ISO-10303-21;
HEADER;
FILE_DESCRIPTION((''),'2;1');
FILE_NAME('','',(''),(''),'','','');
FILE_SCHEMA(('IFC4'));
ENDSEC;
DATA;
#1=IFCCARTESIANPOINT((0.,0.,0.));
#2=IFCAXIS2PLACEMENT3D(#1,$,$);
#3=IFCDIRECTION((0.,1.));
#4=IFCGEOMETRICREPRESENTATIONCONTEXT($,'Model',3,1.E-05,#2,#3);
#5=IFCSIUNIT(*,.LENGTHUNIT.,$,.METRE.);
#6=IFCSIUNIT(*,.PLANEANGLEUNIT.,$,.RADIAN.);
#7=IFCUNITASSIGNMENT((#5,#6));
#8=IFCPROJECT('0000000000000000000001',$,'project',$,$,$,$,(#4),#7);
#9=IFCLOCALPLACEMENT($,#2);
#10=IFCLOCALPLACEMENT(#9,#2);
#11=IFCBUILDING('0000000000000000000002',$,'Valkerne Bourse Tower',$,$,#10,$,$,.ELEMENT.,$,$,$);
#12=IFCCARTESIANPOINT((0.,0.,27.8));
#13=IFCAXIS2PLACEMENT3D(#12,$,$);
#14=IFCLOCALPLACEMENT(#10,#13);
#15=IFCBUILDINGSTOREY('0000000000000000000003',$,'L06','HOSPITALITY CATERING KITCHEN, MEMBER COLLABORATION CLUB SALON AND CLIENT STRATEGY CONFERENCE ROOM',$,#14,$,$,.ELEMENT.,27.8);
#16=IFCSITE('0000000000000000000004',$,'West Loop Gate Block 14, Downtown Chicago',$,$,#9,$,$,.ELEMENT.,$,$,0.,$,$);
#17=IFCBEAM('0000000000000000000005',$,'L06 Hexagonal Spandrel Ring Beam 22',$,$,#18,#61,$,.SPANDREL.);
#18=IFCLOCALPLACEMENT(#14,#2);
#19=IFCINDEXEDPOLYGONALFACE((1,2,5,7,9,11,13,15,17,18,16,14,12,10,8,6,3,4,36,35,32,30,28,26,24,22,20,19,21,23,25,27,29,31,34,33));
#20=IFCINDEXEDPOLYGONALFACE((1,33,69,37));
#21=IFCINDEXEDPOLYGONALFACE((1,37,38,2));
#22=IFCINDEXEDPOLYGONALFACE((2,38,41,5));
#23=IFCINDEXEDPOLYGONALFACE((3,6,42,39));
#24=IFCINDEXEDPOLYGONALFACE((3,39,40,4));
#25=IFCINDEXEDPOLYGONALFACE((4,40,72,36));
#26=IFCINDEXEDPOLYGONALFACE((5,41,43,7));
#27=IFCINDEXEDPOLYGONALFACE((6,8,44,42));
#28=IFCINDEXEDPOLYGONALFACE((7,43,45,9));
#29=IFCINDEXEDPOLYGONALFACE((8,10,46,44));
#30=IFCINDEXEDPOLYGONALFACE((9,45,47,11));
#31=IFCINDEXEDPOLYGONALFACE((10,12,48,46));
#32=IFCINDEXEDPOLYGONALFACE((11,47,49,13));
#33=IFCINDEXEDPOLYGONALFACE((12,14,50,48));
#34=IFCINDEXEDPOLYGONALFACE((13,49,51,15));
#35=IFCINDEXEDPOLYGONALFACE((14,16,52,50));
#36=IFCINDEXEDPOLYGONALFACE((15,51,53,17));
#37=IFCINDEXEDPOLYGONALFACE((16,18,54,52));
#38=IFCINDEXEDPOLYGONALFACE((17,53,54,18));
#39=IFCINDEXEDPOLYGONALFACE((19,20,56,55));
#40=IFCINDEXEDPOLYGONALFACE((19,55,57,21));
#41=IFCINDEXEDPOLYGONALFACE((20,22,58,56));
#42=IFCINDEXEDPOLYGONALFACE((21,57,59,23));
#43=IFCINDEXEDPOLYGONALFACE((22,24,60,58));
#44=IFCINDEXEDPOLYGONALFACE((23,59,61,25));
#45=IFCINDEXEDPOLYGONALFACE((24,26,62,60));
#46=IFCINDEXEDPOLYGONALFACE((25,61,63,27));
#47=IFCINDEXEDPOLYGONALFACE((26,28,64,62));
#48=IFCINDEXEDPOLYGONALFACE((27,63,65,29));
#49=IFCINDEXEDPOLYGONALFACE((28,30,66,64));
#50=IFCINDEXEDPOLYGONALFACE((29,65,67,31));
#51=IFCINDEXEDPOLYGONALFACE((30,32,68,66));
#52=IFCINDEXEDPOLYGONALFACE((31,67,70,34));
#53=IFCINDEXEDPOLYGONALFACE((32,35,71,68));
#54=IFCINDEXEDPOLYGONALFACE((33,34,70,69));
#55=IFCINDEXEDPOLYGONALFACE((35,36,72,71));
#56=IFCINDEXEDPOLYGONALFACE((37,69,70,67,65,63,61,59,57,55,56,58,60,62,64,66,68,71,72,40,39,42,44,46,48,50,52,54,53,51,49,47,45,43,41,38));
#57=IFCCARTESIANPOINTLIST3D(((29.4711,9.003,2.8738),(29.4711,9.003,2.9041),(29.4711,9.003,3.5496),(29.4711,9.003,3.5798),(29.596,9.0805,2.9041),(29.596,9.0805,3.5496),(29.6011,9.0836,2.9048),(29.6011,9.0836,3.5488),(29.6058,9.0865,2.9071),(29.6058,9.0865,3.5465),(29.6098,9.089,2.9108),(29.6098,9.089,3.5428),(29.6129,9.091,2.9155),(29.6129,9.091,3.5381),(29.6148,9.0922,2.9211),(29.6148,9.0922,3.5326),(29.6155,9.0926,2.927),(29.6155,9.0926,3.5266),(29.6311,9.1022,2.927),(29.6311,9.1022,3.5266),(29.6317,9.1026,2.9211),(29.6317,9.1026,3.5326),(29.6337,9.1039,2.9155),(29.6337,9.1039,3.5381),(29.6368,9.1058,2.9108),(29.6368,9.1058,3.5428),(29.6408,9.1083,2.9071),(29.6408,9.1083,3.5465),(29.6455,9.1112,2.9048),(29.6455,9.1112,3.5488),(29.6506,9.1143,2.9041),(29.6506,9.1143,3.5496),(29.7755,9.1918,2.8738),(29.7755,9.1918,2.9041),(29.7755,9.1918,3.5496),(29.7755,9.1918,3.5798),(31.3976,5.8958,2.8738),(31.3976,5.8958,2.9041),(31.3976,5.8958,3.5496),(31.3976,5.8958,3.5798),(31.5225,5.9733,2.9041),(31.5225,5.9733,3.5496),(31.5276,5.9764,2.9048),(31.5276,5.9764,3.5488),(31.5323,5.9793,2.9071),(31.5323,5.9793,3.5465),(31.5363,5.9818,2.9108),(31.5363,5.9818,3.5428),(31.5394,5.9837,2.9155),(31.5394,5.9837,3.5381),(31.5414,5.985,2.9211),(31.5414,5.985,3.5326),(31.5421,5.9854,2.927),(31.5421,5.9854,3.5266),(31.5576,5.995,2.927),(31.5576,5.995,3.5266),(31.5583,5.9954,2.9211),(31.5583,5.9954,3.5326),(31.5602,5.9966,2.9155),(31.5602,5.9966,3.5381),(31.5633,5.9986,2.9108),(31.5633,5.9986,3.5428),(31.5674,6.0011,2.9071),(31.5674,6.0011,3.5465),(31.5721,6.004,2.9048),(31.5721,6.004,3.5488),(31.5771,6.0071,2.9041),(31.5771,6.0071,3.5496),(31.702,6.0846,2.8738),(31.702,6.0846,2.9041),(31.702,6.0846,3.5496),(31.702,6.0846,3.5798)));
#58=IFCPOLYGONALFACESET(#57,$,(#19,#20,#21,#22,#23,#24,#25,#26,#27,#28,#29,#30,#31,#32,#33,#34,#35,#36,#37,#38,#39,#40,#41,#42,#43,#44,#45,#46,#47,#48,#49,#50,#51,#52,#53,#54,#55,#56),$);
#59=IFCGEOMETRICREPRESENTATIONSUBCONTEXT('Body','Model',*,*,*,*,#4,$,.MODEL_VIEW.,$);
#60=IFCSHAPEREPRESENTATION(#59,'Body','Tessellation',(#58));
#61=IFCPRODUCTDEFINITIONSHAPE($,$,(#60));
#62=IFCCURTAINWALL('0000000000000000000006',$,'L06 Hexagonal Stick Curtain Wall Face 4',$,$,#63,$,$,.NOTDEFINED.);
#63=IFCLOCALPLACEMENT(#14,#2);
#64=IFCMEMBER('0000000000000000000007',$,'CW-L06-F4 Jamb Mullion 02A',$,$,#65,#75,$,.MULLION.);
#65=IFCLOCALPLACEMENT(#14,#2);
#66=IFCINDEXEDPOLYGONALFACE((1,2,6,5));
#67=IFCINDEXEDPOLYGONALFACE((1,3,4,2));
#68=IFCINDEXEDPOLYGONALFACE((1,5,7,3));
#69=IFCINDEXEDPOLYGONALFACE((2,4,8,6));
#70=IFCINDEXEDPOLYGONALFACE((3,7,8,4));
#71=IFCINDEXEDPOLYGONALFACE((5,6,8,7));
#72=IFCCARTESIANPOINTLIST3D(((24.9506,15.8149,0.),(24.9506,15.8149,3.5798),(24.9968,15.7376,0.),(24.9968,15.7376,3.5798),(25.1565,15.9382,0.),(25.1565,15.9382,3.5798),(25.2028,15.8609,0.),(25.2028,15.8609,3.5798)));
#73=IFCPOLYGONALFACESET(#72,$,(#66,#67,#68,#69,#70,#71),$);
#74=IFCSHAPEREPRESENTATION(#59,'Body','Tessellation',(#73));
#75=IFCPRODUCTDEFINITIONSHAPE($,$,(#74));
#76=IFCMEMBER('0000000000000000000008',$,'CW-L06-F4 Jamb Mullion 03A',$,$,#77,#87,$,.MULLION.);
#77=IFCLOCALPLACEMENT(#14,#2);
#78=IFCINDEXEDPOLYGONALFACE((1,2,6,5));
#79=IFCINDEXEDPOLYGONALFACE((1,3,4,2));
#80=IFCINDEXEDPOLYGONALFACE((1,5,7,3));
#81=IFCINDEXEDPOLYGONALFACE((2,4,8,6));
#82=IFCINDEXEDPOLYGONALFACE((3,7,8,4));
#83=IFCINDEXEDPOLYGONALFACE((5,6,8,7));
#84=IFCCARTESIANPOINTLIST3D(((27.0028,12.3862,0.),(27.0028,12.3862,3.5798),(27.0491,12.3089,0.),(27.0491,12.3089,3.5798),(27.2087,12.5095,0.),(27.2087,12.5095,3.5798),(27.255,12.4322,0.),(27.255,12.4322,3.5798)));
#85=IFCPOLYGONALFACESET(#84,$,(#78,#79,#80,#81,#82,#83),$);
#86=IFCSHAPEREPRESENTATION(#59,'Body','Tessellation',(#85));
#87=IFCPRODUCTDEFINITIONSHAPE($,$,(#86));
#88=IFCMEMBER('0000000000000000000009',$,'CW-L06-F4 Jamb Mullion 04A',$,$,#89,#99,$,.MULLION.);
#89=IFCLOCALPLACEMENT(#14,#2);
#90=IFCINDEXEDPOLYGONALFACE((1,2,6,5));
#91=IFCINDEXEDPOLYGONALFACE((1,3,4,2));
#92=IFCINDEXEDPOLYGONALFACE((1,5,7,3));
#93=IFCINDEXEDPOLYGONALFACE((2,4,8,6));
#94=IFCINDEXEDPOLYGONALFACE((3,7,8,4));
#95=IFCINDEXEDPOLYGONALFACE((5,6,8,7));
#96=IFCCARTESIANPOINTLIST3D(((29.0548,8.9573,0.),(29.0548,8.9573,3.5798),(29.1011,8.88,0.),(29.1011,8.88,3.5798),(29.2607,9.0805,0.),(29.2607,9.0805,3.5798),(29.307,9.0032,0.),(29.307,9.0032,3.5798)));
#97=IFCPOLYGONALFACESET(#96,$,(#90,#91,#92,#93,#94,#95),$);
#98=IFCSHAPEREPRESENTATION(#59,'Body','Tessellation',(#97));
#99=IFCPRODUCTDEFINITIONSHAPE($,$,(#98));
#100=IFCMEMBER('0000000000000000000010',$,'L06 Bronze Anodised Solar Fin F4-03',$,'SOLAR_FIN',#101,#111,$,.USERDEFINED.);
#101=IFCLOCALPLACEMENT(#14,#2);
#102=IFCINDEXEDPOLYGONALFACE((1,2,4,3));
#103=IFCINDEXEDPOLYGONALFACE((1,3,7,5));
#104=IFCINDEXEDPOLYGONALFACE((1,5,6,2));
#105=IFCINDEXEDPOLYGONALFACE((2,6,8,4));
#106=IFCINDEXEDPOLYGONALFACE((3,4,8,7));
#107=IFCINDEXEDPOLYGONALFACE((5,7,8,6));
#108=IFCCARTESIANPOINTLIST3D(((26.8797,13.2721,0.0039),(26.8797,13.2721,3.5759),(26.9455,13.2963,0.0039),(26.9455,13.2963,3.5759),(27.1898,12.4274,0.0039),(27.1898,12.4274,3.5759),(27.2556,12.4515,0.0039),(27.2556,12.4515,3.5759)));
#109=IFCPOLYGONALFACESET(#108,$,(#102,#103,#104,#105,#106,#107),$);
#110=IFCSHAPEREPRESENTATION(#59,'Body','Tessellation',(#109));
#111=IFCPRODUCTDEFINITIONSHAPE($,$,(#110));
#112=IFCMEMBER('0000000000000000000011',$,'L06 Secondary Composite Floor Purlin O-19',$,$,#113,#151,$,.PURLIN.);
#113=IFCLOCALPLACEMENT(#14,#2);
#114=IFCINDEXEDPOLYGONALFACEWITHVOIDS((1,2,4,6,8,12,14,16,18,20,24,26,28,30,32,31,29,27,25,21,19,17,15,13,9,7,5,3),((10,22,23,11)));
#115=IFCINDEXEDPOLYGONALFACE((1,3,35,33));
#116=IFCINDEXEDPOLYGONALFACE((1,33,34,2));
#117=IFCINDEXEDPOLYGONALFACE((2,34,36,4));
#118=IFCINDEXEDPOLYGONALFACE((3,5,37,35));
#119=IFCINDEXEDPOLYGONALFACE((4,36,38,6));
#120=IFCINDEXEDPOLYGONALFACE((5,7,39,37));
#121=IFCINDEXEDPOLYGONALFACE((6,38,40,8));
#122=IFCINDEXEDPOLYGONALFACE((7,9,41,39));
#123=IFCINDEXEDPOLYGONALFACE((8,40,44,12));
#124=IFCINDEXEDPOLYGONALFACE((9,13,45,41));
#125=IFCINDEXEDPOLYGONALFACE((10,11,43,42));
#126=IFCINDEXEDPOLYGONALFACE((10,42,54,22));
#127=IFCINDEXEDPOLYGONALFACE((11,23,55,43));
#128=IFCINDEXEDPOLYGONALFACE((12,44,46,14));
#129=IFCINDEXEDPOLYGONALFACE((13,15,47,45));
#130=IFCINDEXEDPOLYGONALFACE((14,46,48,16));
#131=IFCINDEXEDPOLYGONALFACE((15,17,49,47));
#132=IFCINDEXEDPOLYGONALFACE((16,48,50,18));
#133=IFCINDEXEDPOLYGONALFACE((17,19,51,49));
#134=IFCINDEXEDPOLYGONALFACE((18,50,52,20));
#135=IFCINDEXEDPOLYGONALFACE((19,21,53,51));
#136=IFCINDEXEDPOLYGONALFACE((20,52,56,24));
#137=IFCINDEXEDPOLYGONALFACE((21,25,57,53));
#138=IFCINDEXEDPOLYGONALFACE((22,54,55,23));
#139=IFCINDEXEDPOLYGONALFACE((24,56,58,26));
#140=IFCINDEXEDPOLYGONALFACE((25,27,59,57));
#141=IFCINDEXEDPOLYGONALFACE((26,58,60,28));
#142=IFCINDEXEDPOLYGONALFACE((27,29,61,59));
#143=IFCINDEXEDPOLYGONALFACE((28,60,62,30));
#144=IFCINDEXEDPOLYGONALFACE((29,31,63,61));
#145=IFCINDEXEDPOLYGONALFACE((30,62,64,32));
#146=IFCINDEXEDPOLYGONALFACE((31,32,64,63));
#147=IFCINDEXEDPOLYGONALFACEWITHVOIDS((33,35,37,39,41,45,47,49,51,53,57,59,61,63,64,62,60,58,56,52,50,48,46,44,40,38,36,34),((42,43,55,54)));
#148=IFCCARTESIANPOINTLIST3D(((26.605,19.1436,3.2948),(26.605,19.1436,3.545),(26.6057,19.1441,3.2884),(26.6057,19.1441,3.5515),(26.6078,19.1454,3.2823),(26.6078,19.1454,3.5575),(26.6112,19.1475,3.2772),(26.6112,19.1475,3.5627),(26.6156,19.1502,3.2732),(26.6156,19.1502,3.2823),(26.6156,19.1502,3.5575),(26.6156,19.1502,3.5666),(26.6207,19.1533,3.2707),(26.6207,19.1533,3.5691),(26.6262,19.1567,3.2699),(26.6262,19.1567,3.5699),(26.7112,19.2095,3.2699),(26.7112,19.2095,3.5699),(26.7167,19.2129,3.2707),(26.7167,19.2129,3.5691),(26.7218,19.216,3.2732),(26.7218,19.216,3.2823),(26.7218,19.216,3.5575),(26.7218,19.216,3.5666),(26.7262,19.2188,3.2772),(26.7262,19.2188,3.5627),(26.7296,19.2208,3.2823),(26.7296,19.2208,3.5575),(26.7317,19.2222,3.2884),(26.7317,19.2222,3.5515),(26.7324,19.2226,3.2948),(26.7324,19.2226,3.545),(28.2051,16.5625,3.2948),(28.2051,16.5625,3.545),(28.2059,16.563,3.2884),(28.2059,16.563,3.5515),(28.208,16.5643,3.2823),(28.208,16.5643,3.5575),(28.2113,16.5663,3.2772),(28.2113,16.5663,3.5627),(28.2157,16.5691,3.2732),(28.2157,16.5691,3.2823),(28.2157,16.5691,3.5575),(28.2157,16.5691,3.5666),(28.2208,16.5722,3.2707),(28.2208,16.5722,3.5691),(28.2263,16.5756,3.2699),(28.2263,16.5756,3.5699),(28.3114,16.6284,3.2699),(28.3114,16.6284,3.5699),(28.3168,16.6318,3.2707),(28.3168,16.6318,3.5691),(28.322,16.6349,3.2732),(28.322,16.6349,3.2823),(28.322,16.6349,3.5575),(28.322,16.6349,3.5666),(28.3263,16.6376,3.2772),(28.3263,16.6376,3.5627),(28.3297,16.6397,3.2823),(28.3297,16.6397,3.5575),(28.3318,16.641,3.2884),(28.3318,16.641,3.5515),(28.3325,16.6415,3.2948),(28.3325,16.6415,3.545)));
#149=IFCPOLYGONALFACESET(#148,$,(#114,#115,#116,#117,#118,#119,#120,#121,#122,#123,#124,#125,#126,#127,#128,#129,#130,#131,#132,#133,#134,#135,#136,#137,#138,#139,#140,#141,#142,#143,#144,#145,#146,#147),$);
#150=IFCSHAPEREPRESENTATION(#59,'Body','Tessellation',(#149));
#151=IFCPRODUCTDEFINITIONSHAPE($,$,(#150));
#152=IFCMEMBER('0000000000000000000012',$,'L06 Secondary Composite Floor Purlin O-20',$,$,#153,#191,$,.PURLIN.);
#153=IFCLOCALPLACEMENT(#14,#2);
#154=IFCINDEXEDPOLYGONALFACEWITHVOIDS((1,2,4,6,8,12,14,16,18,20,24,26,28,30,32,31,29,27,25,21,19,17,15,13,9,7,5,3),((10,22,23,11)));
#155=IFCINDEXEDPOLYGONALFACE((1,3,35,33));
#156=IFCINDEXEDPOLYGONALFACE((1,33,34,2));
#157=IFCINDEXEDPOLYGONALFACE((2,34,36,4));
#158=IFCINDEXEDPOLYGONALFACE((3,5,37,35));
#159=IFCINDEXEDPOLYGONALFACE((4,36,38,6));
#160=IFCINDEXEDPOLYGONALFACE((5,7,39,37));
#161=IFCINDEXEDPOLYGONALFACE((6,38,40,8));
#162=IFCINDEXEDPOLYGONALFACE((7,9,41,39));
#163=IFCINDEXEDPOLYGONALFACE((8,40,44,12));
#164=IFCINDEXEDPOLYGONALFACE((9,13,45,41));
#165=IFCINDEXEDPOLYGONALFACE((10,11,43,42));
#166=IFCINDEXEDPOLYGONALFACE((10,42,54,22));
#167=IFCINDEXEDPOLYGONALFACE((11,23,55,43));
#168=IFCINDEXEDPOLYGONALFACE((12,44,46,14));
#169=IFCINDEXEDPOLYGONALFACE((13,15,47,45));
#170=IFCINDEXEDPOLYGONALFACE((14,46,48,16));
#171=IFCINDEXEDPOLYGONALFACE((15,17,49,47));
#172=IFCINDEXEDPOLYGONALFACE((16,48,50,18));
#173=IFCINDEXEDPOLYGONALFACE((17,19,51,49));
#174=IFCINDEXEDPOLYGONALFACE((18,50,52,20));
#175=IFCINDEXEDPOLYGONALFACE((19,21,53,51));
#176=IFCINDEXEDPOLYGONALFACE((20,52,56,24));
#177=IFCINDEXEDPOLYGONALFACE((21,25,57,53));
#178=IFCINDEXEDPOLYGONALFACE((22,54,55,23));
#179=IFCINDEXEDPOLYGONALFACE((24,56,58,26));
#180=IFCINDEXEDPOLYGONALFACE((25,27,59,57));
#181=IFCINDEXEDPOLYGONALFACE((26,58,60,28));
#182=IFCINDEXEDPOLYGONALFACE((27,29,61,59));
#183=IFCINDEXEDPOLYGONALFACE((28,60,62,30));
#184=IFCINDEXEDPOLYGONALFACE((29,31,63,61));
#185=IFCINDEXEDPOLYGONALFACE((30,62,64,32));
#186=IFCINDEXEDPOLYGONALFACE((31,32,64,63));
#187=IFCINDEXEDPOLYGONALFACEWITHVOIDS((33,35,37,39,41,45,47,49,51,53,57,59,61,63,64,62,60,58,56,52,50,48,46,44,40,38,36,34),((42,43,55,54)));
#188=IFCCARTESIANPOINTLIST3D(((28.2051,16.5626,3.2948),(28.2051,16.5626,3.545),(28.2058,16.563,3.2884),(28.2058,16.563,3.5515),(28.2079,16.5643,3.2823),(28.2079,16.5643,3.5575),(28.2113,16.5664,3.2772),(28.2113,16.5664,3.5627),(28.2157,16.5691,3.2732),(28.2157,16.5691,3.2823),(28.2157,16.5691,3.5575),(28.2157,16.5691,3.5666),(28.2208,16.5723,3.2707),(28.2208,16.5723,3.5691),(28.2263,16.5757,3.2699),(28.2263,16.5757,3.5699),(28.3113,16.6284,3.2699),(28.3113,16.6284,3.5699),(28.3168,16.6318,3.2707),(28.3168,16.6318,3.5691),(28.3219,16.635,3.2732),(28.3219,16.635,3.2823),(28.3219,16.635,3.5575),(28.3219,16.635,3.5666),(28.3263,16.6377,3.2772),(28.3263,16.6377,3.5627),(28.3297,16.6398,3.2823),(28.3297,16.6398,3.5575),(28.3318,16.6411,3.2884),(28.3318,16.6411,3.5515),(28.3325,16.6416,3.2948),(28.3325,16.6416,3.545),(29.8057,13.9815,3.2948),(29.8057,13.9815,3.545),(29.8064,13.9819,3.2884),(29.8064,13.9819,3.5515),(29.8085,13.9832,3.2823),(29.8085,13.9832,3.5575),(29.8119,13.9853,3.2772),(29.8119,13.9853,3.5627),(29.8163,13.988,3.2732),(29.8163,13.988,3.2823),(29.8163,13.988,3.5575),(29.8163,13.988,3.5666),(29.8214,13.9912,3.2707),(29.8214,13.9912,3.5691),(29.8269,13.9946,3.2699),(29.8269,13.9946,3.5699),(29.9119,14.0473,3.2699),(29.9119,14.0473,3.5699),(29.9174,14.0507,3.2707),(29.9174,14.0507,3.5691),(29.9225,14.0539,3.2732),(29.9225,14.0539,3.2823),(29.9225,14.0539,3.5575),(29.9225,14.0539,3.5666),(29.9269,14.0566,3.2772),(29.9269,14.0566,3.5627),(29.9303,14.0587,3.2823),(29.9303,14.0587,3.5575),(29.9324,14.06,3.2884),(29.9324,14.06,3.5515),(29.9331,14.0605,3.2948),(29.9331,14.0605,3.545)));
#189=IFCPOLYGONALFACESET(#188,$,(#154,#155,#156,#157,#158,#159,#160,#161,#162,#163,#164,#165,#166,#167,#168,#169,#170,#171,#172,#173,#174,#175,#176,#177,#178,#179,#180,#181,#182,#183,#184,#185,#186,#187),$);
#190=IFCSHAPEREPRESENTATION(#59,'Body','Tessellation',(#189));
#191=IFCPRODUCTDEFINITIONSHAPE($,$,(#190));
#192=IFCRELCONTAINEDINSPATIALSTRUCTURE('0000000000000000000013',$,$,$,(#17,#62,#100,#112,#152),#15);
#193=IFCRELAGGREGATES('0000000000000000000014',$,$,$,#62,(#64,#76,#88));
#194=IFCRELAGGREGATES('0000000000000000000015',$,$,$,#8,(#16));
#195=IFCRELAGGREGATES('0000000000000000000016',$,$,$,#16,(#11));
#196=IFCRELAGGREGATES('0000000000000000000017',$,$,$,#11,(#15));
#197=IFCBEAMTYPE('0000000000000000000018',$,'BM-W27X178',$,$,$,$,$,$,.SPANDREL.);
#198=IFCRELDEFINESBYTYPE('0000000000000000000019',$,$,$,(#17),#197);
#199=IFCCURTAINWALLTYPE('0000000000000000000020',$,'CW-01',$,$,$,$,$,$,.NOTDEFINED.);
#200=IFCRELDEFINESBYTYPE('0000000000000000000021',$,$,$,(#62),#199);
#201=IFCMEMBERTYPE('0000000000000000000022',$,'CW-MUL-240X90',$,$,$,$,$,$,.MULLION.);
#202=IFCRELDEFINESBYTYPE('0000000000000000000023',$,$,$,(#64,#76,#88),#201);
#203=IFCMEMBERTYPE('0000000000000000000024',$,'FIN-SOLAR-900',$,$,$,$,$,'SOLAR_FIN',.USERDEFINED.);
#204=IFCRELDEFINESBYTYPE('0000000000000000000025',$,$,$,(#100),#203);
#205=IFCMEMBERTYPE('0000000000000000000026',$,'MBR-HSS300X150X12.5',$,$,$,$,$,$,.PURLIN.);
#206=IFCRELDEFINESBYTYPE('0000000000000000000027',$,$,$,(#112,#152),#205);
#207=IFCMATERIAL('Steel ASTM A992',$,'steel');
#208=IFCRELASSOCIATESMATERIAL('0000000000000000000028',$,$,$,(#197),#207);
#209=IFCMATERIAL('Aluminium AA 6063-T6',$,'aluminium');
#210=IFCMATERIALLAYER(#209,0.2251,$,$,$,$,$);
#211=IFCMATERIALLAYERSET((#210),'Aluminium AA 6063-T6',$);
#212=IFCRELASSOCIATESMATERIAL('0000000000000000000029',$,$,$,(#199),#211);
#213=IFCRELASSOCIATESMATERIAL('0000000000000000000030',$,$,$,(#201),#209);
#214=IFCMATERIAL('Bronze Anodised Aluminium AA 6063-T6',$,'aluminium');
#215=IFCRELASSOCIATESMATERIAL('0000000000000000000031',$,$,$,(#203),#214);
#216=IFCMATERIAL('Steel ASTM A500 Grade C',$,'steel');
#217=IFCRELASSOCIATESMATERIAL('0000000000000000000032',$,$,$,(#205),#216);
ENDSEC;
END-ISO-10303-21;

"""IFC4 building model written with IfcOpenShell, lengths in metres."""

from ifc_helpers import new_model, si_unit, direction, frame, origin, origin_2d, place, context, subcontext, project, spatial, rectangle, hollow_rectangle, i_section, extrude, material, layer, layer_set, material_profile, profile_set, type_object, element, aggregate, save


model = new_model("IFC4")

# Units and contexts
model_context = context("Model", 3, precision=1e-05, world=origin(), true_north=direction((0.0, 1.0)))
body_context = subcontext(model_context, "Body", "Model", "MODEL_VIEW")
ifc_project = project(units=[si_unit("LENGTHUNIT", "METRE"), si_unit("PLANEANGLEUNIT", "RADIAN")], contexts=[model_context])

# Site, building, storey
site_placement = place(None, origin())
site = spatial("IfcSite", under=ifc_project, at=site_placement, Name="West Loop Gate Block 14, Downtown Chicago", CompositionType="ELEMENT", RefElevation=0.0)
building_placement = place(site_placement, origin())
building = spatial("IfcBuilding", under=site, at=building_placement, Name="Valkerne Bourse Tower", CompositionType="ELEMENT")
storey_placement = place(building_placement, frame((0.0, 0.0, 27.8)))
storey = spatial("IfcBuildingStorey", under=building, at=storey_placement, Name="L06", Description="HOSPITALITY CATERING KITCHEN, MEMBER COLLABORATION CLUB SALON AND CLIENT STRATEGY CONFERENCE ROOM", CompositionType="ELEMENT", Elevation=27.8)

# Beam
ifc_material_1 = material(Name="Steel ASTM A992", Category="steel")
ifc_material_profile_1 = material_profile(ifc_material_1, i_section(OverallWidth=0.3582, OverallDepth=0.7061, WebThickness=0.0183, FlangeThickness=0.0303, FilletRadius=0.0229, at=origin_2d()), Name="W27X178")
ifc_profile_set_1 = profile_set([ifc_material_profile_1], Name="Steel ASTM A992")
beam_type_1 = type_object("IfcBeamType", Name="BM-W27X178", PredefinedType="SPANDREL", material=ifc_profile_set_1)
for number, where, z_axis, x_axis, name in (
    (1, (29.6233, 9.0974, 3.2268), (0.526952, -0.849895, 0.0), (0.849895, 0.526952, 0.0), "L06 Hexagonal Spandrel Ring Beam 22"),
):
    element("IfcBeam", number, at=place(storey_placement, frame(where, z_axis=z_axis, x_axis=x_axis)), inside=storey, type_object=beam_type_1, Name=name, PredefinedType="SPANDREL", context=body_context, shape_type="SweptSolid", body=[
        extrude(i_section(OverallWidth=0.3582, OverallDepth=0.7061, WebThickness=0.0183, FlangeThickness=0.0303, FilletRadius=0.0229, at=origin_2d()), origin(), (0.0, 0.0, 1.0), 3.656),
    ])

# Curtain wall, members
ifc_material_2 = material(Name="Aluminium AA 6063-T6", Category="aluminium")
ifc_layer_1 = layer(ifc_material_2, 0.2251)
ifc_layer_set_1 = layer_set([ifc_layer_1], Name="Aluminium AA 6063-T6")
curtain_wall_type = type_object("IfcCurtainWallType", Name="CW-01", PredefinedType="NOTDEFINED", material=ifc_layer_set_1)
curtain_wall_placement = place(storey_placement, origin())
curtain_wall = element("IfcCurtainWall", 2, at=curtain_wall_placement, inside=storey, type_object=curtain_wall_type, Name="L06 Hexagonal Stick Curtain Wall Face 4", PredefinedType="NOTDEFINED")
ifc_material_profile_2 = material_profile(ifc_material_2, rectangle(XDim=0.0901, YDim=0.24, at=origin_2d()), Name="CWM-90X240")
ifc_profile_set_2 = profile_set([ifc_material_profile_2], Name="Aluminium AA 6063-T6")
member_type_1 = type_object("IfcMemberType", Name="CW-MUL-240X90", PredefinedType="MULLION", material=ifc_profile_set_2)
member_1_placement = place(storey_placement, frame((25.0767, 15.8379, 0.0), z_axis=(0.0, 0.0, 1.0), x_axis=(0.513542, -0.858064, 0.0)))
member_1 = element("IfcMember", 3, at=member_1_placement, type_object=member_type_1, Name="CW-L06-F4 Jamb Mullion 02A", PredefinedType="MULLION", context=body_context, shape_type="SweptSolid", body=[
    extrude(rectangle(XDim=0.0901, YDim=0.24, at=origin_2d()), origin(), (0.0, 0.0, 1.0), 3.5798),
])
member_2_placement = place(storey_placement, frame((27.1289, 12.4092, 0.0), z_axis=(0.0, 0.0, 1.0), x_axis=(0.513531, -0.858071, 0.0)))
member_2 = element("IfcMember", 4, at=member_2_placement, type_object=member_type_1, Name="CW-L06-F4 Jamb Mullion 03A", PredefinedType="MULLION", context=body_context, shape_type="SweptSolid", body=[
    extrude(rectangle(XDim=0.0901, YDim=0.24, at=origin_2d()), origin(), (0.0, 0.0, 1.0), 3.5798),
])
member_3_placement = place(storey_placement, frame((29.1809, 8.9802, 0.0), z_axis=(0.0, 0.0, 1.0), x_axis=(0.513542, -0.858064, 0.0)))
member_3 = element("IfcMember", 5, at=member_3_placement, type_object=member_type_1, Name="CW-L06-F4 Jamb Mullion 04A", PredefinedType="MULLION", context=body_context, shape_type="SweptSolid", body=[
    extrude(rectangle(XDim=0.0901, YDim=0.24, at=origin_2d()), origin(), (0.0, 0.0, 1.0), 3.5798),
])

# Members
ifc_material_3 = material(Name="Bronze Anodised Aluminium AA 6063-T6", Category="aluminium")
ifc_material_profile_3 = material_profile(ifc_material_3, rectangle(XDim=0.0701, YDim=0.8999, at=origin_2d()), Name="FIN-70X900")
ifc_profile_set_3 = profile_set([ifc_material_profile_3], Name="Bronze Anodised Aluminium AA 6063-T6")
member_type_2 = type_object("IfcMemberType", Name="FIN-SOLAR-900", ElementType="SOLAR_FIN", PredefinedType="USERDEFINED", material=ifc_profile_set_3)
member_4_placement = place(storey_placement, frame((27.0676, 12.8618, 0.0039), z_axis=(0.0, 0.0, 1.0), x_axis=(-0.93874, -0.344625, 0.0)))
element("IfcMember", 6, at=member_4_placement, inside=storey, type_object=member_type_2, Name="L06 Bronze Anodised Solar Fin F4-03", ObjectType="SOLAR_FIN", PredefinedType="USERDEFINED", context=body_context, shape_type="SweptSolid", body=[
    extrude(rectangle(XDim=0.0701, YDim=0.8999, at=origin_2d()), origin(), (0.0, 0.0, 1.0), 3.572),
])
ifc_material_4 = material(Name="Steel ASTM A500 Grade C", Category="steel")
ifc_material_profile_4 = material_profile(ifc_material_4, hollow_rectangle(XDim=0.1499, YDim=0.3, WallThickness=0.0125, OuterFilletRadius=0.0249, at=origin_2d()), Name="HSS300X150X12.5")
ifc_profile_set_4 = profile_set([ifc_material_profile_4], Name="Steel ASTM A500 Grade C")
member_type_3 = type_object("IfcMemberType", Name="MBR-HSS300X150X12.5", PredefinedType="PURLIN", material=ifc_profile_set_4)
member_5_placement = place(storey_placement, frame((26.6687, 19.1831, 3.4199), z_axis=(0.526903, -0.849926, 0.0), x_axis=(0.849926, 0.526903, 0.0)))
element("IfcMember", 7, at=member_5_placement, inside=storey, type_object=member_type_3, Name="L06 Secondary Composite Floor Purlin O-19", PredefinedType="PURLIN", context=body_context, shape_type="SweptSolid", body=[
    extrude(hollow_rectangle(XDim=0.1499, YDim=0.3, WallThickness=0.0125, OuterFilletRadius=0.0249, at=origin_2d()), origin(), (0.0, 0.0, 1.0), 3.0369),
])
for number, where, z_axis, x_axis, name in (
    (8, (28.2688, 16.6021, 3.4199), (0.527019, -0.849854, 0.0), (0.849854, 0.527019, 0.0), "L06 Secondary Composite Floor Purlin O-20"),
):
    element("IfcMember", number, at=place(storey_placement, frame(where, z_axis=z_axis, x_axis=x_axis)), inside=storey, type_object=member_type_3, Name=name, PredefinedType="PURLIN", context=body_context, shape_type="SweptSolid", body=[
        extrude(hollow_rectangle(XDim=0.1499, YDim=0.3, WallThickness=0.0125, OuterFilletRadius=0.0249, at=origin_2d()), origin(), (0.0, 0.0, 1.0), 3.0371),
    ])

aggregate(curtain_wall, [member_1, member_2, member_3])

save(model, "model.ifc")
